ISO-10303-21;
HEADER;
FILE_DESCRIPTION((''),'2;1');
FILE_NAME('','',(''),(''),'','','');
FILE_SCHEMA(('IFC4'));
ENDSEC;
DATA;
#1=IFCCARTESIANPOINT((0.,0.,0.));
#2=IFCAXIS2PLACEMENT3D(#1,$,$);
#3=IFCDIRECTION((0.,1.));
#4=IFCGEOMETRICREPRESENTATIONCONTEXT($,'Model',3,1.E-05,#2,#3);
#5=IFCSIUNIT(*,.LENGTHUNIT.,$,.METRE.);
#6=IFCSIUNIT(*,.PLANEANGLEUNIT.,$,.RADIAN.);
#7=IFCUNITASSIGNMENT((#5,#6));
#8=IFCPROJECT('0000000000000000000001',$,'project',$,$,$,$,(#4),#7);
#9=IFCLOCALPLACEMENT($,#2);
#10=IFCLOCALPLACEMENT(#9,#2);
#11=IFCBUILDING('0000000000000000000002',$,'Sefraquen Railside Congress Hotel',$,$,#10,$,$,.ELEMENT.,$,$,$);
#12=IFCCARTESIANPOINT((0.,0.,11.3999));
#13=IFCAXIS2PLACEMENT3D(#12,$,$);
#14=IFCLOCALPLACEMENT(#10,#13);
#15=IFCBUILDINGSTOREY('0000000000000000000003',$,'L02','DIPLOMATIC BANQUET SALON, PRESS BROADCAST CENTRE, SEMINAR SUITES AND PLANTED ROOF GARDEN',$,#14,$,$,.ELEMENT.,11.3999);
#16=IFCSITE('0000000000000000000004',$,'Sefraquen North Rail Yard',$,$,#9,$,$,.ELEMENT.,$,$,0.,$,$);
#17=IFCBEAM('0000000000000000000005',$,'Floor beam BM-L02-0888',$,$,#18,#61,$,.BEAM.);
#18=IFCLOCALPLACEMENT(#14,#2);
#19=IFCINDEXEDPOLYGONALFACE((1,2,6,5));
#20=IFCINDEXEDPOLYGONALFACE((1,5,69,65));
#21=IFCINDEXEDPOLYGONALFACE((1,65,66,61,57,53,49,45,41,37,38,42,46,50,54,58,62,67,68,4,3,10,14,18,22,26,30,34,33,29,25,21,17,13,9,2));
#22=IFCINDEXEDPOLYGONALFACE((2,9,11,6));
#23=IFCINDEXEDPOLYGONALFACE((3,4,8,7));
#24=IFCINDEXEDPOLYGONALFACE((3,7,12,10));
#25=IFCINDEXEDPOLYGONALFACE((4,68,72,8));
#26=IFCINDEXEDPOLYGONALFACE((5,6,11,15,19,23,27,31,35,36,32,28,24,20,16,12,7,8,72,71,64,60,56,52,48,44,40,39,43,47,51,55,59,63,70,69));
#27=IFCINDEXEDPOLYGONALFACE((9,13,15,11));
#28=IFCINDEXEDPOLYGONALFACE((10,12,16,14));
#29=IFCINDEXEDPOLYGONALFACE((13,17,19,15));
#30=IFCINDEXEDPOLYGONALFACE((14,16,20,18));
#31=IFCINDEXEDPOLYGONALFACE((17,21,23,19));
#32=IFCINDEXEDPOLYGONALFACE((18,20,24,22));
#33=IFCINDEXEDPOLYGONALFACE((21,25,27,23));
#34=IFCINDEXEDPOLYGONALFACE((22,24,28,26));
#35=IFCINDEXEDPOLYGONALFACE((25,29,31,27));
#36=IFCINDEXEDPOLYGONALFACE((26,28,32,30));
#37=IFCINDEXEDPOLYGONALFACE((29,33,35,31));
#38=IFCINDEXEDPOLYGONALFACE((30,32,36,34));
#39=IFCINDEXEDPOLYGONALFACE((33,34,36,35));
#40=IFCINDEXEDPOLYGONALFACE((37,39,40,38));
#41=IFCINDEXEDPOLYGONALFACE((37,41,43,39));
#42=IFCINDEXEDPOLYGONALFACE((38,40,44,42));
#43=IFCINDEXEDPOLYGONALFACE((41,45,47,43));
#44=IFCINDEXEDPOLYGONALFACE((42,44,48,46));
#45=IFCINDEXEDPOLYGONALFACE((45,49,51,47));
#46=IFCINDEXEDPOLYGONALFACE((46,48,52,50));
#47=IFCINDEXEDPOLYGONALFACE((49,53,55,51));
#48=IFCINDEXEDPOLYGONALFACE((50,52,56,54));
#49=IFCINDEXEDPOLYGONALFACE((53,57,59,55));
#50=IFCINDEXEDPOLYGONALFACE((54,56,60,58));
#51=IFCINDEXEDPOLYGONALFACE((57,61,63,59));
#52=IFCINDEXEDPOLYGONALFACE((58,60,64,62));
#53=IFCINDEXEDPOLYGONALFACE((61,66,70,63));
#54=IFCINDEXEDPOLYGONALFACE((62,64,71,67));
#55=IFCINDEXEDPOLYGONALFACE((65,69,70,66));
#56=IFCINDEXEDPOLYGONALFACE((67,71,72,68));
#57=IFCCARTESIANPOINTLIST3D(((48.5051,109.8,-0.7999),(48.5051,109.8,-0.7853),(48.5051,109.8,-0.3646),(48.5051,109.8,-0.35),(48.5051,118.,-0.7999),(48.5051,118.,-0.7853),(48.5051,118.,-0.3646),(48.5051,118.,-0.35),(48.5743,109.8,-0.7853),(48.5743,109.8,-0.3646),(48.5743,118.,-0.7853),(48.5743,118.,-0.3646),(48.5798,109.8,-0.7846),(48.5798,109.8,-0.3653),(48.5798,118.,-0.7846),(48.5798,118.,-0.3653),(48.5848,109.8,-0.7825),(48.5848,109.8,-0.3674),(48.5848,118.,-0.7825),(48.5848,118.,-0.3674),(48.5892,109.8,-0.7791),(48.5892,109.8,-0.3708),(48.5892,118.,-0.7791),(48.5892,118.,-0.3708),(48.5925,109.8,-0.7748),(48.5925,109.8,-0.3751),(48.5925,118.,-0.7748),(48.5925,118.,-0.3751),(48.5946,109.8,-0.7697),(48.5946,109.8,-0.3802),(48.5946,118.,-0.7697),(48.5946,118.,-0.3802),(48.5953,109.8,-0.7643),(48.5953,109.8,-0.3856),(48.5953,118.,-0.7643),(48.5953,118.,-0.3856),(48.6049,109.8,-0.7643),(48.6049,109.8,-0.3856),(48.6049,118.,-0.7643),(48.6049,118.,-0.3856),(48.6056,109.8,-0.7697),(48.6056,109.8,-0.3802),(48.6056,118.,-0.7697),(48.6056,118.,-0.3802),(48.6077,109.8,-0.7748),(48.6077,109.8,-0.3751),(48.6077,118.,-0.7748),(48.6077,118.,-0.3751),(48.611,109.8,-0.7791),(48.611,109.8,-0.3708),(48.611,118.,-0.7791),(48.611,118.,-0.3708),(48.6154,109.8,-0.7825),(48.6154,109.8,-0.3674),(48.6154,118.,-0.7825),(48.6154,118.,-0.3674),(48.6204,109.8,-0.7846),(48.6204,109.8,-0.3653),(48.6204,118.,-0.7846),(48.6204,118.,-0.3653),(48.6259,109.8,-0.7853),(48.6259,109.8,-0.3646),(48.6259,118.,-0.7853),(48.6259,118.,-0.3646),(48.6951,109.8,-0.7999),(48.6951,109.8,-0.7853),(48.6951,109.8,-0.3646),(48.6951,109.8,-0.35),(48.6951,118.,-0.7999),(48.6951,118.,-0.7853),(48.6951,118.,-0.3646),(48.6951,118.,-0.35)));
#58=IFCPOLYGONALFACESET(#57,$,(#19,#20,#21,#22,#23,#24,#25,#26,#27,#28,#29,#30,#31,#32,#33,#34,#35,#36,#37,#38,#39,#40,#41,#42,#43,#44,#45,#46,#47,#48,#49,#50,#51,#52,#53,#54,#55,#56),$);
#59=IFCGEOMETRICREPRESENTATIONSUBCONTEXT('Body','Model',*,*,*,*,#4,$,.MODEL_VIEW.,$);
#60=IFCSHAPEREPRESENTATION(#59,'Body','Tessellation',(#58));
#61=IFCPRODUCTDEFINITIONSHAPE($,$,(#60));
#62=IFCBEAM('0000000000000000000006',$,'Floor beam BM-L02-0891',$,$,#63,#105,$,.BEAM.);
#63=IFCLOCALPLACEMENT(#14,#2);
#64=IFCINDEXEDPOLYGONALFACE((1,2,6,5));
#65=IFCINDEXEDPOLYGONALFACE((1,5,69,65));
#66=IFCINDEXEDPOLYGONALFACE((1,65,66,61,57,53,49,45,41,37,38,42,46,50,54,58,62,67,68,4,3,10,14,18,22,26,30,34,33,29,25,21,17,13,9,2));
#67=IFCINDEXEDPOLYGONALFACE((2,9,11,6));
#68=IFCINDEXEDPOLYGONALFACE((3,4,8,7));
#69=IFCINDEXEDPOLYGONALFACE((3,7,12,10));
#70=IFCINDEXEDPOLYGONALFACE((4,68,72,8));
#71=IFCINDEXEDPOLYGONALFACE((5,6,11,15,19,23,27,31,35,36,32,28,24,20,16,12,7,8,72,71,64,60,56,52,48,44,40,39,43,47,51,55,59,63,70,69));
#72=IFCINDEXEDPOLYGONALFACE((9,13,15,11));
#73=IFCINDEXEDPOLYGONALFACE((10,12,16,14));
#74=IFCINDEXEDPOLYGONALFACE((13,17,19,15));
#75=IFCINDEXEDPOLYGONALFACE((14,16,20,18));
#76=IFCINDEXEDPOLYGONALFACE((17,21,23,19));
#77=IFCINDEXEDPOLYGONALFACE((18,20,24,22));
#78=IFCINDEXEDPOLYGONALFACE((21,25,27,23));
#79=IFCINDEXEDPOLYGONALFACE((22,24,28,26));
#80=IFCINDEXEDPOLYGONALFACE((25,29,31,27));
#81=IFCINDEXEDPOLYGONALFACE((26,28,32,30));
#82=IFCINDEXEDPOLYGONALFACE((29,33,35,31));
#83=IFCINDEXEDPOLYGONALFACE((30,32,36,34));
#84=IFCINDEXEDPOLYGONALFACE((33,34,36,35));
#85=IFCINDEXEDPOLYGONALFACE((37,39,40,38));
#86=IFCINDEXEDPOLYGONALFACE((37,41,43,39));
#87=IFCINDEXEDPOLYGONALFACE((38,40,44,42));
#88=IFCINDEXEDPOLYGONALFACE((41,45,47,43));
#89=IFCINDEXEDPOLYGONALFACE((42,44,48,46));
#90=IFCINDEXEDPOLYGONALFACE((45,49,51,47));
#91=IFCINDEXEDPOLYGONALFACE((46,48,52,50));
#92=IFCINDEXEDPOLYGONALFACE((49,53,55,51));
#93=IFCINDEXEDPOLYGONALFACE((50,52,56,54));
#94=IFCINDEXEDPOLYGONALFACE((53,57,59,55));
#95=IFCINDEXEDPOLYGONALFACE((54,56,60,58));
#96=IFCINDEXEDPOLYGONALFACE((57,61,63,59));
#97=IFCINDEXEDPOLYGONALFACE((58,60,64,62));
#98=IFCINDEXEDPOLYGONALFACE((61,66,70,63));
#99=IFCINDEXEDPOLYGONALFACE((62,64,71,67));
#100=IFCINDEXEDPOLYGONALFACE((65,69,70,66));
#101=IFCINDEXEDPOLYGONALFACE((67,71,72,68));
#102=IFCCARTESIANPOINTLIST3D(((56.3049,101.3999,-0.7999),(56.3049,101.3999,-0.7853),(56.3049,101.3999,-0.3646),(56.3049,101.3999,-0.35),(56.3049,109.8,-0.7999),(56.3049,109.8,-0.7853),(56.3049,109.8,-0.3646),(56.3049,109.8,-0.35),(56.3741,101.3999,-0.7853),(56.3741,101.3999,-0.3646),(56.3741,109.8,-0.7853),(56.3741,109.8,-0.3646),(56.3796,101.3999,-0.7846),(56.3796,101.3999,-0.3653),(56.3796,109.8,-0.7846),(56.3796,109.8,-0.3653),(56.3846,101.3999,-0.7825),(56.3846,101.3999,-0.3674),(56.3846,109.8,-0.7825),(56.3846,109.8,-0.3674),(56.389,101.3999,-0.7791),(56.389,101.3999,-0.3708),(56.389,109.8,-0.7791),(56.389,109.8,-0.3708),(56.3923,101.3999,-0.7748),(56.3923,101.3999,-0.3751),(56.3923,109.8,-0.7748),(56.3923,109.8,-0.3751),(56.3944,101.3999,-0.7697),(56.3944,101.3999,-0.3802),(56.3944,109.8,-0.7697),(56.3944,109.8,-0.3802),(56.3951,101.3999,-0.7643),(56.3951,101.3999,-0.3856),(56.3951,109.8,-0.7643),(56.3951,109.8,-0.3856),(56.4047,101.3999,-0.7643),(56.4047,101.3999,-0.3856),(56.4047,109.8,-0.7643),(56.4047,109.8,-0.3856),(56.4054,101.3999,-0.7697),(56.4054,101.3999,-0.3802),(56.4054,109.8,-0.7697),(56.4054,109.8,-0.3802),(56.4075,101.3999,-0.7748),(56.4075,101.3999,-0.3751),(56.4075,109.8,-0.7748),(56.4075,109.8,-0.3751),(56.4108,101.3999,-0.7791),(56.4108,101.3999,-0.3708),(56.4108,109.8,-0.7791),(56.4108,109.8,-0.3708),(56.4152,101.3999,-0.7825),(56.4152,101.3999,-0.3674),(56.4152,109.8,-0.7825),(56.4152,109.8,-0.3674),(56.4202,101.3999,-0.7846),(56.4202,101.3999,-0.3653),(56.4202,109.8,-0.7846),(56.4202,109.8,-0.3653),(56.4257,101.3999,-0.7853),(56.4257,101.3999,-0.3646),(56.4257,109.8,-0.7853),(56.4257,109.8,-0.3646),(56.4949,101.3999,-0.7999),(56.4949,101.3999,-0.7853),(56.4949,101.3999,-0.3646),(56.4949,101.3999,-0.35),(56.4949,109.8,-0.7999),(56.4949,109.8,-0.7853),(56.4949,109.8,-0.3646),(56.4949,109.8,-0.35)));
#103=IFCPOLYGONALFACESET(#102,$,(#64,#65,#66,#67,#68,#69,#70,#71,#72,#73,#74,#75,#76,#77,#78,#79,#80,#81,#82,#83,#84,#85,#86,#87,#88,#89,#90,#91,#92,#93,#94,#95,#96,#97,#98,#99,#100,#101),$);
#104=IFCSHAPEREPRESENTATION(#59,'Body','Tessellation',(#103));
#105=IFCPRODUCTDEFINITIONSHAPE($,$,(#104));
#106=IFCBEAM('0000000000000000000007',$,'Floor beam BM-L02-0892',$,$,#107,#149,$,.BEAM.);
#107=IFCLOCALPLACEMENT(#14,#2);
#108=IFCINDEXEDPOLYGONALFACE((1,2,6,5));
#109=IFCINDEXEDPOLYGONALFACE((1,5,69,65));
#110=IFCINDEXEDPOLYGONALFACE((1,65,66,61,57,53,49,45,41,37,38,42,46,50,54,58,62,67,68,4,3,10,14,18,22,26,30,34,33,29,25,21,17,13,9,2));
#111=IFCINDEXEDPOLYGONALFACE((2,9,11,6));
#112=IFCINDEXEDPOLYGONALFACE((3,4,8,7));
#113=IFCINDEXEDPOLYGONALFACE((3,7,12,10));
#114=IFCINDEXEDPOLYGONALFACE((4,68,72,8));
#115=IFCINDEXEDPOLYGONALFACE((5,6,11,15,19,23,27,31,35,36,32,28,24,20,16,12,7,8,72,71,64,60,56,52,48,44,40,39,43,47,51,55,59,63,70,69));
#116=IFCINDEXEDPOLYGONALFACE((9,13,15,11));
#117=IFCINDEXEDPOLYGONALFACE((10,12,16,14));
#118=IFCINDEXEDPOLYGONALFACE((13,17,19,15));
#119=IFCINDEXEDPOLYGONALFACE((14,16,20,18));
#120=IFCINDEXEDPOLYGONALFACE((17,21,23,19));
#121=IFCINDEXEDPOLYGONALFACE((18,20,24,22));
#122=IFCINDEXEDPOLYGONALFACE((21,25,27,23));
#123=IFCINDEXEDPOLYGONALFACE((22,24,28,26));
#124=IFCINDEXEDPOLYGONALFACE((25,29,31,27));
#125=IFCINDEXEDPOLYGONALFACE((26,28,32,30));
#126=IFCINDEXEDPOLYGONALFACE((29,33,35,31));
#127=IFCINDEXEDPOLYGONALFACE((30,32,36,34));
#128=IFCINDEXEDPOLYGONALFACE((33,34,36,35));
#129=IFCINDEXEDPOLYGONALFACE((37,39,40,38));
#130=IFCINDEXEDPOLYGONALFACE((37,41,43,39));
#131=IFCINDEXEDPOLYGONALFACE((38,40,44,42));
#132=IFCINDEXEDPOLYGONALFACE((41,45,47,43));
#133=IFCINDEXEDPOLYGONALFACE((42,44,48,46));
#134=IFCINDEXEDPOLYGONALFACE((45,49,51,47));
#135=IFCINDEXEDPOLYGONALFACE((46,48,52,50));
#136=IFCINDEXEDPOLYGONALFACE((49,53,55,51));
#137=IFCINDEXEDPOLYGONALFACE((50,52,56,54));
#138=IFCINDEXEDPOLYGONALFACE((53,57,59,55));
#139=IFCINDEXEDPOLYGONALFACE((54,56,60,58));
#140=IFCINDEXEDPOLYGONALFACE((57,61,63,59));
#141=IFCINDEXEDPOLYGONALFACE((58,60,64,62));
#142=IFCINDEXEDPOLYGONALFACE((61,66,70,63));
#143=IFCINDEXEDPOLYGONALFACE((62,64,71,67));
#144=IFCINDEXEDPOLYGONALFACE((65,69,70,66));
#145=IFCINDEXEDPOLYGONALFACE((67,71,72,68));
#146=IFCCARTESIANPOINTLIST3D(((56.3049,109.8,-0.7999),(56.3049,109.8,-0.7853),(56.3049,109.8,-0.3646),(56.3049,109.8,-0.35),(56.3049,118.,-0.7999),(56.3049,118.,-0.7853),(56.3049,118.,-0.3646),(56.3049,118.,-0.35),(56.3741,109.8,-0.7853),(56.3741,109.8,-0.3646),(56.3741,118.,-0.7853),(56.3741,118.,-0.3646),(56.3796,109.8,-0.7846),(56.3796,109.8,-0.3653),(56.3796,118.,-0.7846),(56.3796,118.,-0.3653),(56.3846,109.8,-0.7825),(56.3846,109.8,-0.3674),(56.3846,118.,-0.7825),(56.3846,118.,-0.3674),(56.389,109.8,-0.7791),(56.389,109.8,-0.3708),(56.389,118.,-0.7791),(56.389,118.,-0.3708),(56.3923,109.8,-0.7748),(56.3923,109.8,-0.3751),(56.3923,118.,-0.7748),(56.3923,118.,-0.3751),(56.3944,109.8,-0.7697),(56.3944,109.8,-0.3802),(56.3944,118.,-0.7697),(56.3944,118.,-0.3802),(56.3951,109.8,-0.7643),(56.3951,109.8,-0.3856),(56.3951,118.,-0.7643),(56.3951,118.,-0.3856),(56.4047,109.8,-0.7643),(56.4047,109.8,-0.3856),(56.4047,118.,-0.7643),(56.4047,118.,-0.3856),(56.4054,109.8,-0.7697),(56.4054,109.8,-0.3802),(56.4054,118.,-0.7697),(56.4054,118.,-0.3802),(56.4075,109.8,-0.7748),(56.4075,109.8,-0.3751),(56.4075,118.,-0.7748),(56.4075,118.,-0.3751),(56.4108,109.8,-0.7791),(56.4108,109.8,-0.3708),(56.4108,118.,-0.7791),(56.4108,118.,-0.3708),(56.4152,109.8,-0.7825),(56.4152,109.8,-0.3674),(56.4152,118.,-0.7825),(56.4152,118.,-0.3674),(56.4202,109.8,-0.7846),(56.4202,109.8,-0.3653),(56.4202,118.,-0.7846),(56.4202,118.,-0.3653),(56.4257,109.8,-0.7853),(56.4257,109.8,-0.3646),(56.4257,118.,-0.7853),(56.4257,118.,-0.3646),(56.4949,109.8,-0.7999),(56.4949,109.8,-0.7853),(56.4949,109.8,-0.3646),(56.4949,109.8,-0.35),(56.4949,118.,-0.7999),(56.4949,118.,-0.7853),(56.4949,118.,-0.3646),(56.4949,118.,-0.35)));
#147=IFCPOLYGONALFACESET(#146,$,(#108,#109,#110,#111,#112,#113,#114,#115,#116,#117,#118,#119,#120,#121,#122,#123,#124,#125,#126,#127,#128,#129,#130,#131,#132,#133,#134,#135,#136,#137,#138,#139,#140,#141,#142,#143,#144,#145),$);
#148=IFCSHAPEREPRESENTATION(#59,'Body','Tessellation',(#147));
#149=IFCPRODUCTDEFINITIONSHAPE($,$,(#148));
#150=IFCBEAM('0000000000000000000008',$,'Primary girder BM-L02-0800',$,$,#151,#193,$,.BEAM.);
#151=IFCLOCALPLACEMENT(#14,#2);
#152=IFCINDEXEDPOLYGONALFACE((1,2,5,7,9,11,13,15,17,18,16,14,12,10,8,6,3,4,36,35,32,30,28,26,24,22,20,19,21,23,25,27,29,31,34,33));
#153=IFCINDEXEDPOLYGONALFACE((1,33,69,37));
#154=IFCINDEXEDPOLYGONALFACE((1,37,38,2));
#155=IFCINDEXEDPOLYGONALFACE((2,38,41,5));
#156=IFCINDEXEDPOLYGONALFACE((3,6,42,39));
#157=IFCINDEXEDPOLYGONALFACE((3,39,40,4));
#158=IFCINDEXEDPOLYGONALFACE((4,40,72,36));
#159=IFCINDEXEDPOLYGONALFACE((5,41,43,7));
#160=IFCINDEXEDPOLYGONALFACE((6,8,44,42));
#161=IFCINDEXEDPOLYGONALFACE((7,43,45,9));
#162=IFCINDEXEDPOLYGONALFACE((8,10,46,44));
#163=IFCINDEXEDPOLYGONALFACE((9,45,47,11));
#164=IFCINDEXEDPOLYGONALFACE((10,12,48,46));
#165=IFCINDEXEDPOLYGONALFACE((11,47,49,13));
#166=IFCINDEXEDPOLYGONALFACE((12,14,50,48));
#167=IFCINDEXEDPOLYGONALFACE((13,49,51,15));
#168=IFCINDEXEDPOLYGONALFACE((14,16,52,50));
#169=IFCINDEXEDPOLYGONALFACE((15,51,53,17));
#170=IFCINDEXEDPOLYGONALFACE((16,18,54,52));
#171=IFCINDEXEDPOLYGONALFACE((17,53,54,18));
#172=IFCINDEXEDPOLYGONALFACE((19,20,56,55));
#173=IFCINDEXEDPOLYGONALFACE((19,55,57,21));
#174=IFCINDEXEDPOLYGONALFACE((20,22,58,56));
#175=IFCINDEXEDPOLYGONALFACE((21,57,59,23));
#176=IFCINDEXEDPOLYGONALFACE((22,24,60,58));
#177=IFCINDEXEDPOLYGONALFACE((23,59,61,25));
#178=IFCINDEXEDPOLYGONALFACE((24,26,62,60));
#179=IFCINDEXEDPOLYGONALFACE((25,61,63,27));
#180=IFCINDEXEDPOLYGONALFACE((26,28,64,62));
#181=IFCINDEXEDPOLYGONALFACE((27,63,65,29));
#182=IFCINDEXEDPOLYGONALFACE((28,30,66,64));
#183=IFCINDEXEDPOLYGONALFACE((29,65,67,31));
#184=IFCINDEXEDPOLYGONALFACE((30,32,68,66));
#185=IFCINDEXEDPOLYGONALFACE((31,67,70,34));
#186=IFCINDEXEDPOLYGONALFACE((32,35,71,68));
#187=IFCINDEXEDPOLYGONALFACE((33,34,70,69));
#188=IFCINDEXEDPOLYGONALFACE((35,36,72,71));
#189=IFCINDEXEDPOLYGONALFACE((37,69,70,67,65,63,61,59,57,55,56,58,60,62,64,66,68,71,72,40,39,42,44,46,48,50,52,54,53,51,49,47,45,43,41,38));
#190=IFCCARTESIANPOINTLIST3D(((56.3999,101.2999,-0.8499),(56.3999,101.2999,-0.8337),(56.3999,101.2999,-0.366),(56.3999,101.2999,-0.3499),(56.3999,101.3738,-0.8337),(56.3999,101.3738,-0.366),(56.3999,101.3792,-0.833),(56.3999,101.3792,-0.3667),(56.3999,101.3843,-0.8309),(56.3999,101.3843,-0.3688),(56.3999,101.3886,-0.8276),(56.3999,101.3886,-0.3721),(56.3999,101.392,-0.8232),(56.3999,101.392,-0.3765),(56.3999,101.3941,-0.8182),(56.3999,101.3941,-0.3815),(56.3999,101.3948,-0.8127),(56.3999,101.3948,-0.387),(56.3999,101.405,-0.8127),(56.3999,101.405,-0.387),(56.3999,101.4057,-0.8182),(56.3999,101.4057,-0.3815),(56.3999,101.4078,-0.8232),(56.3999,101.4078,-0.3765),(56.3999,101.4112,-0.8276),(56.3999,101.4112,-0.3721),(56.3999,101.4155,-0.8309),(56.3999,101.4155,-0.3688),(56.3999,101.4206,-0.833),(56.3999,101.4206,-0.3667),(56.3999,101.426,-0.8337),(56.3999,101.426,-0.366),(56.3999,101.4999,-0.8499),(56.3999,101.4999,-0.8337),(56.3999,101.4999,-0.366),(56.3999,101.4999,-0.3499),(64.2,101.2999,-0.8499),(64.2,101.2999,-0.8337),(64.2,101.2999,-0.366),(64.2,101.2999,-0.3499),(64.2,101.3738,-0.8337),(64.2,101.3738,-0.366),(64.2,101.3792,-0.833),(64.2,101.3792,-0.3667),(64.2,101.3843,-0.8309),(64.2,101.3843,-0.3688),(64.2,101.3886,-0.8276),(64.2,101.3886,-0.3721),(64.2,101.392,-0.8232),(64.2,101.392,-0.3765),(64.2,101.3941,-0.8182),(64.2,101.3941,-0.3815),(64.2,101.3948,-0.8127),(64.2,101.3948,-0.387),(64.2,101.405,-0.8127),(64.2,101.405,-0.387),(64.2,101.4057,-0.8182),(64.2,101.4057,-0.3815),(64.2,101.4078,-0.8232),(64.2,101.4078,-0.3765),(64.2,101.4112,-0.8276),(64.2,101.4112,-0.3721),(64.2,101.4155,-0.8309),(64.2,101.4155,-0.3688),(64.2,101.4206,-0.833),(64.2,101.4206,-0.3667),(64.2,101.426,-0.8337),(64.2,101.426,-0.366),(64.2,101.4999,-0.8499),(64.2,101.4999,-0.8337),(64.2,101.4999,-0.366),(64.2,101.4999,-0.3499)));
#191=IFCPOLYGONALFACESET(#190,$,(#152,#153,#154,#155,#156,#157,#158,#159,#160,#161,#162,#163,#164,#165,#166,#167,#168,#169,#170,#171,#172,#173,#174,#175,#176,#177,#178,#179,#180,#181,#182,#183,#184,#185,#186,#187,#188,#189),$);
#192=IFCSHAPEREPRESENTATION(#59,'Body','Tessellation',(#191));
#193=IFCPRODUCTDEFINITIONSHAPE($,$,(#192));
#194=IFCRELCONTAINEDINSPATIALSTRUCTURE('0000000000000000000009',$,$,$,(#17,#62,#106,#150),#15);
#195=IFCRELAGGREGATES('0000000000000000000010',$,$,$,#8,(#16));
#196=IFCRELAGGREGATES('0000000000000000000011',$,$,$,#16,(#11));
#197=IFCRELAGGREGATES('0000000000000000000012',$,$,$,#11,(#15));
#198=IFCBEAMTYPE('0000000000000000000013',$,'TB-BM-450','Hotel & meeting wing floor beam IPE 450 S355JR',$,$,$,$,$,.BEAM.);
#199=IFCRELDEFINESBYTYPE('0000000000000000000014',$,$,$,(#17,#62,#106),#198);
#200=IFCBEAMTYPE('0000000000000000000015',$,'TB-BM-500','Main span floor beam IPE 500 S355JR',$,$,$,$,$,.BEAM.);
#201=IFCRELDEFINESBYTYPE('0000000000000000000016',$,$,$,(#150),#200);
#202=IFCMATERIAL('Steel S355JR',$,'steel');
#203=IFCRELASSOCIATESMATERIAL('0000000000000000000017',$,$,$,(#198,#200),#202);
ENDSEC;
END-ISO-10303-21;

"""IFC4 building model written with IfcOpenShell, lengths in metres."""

from ifc_helpers import new_model, si_unit, direction, frame, origin, origin_2d, place, context, subcontext, project, spatial, i_section, extrude, material, material_profile, profile_set, type_object, element, save


model = new_model("IFC4")

# Units and contexts
model_context = context("Model", 3, precision=1e-05, world=origin(), true_north=direction((0.0, 1.0)))
body_context = subcontext(model_context, "Body", "Model", "MODEL_VIEW")
ifc_project = project(units=[si_unit("LENGTHUNIT", "METRE"), si_unit("PLANEANGLEUNIT", "RADIAN")], contexts=[model_context])

# Site, building, storey
site_placement = place(None, origin())
site = spatial("IfcSite", under=ifc_project, at=site_placement, Name="Sefraquen North Rail Yard", CompositionType="ELEMENT", RefElevation=0.0)
building_placement = place(site_placement, origin())
building = spatial("IfcBuilding", under=site, at=building_placement, Name="Sefraquen Railside Congress Hotel", CompositionType="ELEMENT")
storey_placement = place(building_placement, frame((0.0, 0.0, 11.3999)))
storey = spatial("IfcBuildingStorey", under=building, at=storey_placement, Name="L02", Description="DIPLOMATIC BANQUET SALON, PRESS BROADCAST CENTRE, SEMINAR SUITES AND PLANTED ROOF GARDEN", CompositionType="ELEMENT", Elevation=11.3999)

# Shared definitions
ifc_material = material(Name="Steel S355JR", Category="steel")

# Beams
ifc_material_profile_1 = material_profile(ifc_material, i_section(OverallWidth=0.1899, OverallDepth=0.45, WebThickness=0.0095, FlangeThickness=0.0146, FilletRadius=0.021, at=origin_2d()), Name="IPE 450")
ifc_profile_set_1 = profile_set([ifc_material_profile_1], Name="Steel S355JR")
beam_type_1 = type_object("IfcBeamType", Name="TB-BM-450", Description="Hotel & meeting wing floor beam IPE 450 S355JR", PredefinedType="BEAM", material=ifc_profile_set_1)
for number, where, z_axis, x_axis, name in (
    (1, (48.6001, 109.8, -0.575), (0.0, 1.0, 0.0), (-1.0, 0.0, 0.0), "Floor beam BM-L02-0888"),
):
    element("IfcBeam", number, at=place(storey_placement, frame(where, z_axis=z_axis, x_axis=x_axis)), inside=storey, type_object=beam_type_1, Name=name, PredefinedType="BEAM", context=body_context, shape_type="SweptSolid", body=[
        extrude(i_section(OverallWidth=0.1899, OverallDepth=0.45, WebThickness=0.0095, FlangeThickness=0.0146, FilletRadius=0.021, at=origin_2d()), origin(), (0.0, 0.0, 1.0), 8.2),
    ])
beam_1_placement = place(storey_placement, frame((56.3999, 101.3999, -0.575), z_axis=(0.0, 1.0, 0.0), x_axis=(-1.0, 0.0, 0.0)))
element("IfcBeam", 2, at=beam_1_placement, inside=storey, type_object=beam_type_1, Name="Floor beam BM-L02-0891", PredefinedType="BEAM", context=body_context, shape_type="SweptSolid", body=[
    extrude(i_section(OverallWidth=0.1899, OverallDepth=0.45, WebThickness=0.0095, FlangeThickness=0.0146, FilletRadius=0.021, at=origin_2d()), origin(), (0.0, 0.0, 1.0), 8.4001),
])
beam_2_placement = place(storey_placement, frame((56.3999, 109.8, -0.575), z_axis=(0.0, 1.0, 0.0), x_axis=(-1.0, 0.0, 0.0)))
element("IfcBeam", 3, at=beam_2_placement, inside=storey, type_object=beam_type_1, Name="Floor beam BM-L02-0892", PredefinedType="BEAM", context=body_context, shape_type="SweptSolid", body=[
    extrude(i_section(OverallWidth=0.1899, OverallDepth=0.45, WebThickness=0.0095, FlangeThickness=0.0146, FilletRadius=0.021, at=origin_2d()), origin(), (0.0, 0.0, 1.0), 8.2),
])
ifc_material_profile_2 = material_profile(ifc_material, i_section(OverallWidth=0.2, OverallDepth=0.5, WebThickness=0.0103, FlangeThickness=0.0161, FilletRadius=0.021, at=origin_2d()), Name="IPE 500")
ifc_profile_set_2 = profile_set([ifc_material_profile_2], Name="Steel S355JR")
beam_type_2 = type_object("IfcBeamType", Name="TB-BM-500", Description="Main span floor beam IPE 500 S355JR", PredefinedType="BEAM", material=ifc_profile_set_2)
for number, where, z_axis, x_axis, name in (
    (4, (56.3999, 101.3999, -0.5999), (1.0, 0.0, 0.0), (0.0, 1.0, 0.0), "Primary girder BM-L02-0800"),
):
    element("IfcBeam", number, at=place(storey_placement, frame(where, z_axis=z_axis, x_axis=x_axis)), inside=storey, type_object=beam_type_2, Name=name, PredefinedType="BEAM", context=body_context, shape_type="SweptSolid", body=[
        extrude(i_section(OverallWidth=0.2, OverallDepth=0.5, WebThickness=0.0103, FlangeThickness=0.0161, FilletRadius=0.021, at=origin_2d()), origin(), (0.0, 0.0, 1.0), 7.8),
    ])

save(model, "model.ifc")
